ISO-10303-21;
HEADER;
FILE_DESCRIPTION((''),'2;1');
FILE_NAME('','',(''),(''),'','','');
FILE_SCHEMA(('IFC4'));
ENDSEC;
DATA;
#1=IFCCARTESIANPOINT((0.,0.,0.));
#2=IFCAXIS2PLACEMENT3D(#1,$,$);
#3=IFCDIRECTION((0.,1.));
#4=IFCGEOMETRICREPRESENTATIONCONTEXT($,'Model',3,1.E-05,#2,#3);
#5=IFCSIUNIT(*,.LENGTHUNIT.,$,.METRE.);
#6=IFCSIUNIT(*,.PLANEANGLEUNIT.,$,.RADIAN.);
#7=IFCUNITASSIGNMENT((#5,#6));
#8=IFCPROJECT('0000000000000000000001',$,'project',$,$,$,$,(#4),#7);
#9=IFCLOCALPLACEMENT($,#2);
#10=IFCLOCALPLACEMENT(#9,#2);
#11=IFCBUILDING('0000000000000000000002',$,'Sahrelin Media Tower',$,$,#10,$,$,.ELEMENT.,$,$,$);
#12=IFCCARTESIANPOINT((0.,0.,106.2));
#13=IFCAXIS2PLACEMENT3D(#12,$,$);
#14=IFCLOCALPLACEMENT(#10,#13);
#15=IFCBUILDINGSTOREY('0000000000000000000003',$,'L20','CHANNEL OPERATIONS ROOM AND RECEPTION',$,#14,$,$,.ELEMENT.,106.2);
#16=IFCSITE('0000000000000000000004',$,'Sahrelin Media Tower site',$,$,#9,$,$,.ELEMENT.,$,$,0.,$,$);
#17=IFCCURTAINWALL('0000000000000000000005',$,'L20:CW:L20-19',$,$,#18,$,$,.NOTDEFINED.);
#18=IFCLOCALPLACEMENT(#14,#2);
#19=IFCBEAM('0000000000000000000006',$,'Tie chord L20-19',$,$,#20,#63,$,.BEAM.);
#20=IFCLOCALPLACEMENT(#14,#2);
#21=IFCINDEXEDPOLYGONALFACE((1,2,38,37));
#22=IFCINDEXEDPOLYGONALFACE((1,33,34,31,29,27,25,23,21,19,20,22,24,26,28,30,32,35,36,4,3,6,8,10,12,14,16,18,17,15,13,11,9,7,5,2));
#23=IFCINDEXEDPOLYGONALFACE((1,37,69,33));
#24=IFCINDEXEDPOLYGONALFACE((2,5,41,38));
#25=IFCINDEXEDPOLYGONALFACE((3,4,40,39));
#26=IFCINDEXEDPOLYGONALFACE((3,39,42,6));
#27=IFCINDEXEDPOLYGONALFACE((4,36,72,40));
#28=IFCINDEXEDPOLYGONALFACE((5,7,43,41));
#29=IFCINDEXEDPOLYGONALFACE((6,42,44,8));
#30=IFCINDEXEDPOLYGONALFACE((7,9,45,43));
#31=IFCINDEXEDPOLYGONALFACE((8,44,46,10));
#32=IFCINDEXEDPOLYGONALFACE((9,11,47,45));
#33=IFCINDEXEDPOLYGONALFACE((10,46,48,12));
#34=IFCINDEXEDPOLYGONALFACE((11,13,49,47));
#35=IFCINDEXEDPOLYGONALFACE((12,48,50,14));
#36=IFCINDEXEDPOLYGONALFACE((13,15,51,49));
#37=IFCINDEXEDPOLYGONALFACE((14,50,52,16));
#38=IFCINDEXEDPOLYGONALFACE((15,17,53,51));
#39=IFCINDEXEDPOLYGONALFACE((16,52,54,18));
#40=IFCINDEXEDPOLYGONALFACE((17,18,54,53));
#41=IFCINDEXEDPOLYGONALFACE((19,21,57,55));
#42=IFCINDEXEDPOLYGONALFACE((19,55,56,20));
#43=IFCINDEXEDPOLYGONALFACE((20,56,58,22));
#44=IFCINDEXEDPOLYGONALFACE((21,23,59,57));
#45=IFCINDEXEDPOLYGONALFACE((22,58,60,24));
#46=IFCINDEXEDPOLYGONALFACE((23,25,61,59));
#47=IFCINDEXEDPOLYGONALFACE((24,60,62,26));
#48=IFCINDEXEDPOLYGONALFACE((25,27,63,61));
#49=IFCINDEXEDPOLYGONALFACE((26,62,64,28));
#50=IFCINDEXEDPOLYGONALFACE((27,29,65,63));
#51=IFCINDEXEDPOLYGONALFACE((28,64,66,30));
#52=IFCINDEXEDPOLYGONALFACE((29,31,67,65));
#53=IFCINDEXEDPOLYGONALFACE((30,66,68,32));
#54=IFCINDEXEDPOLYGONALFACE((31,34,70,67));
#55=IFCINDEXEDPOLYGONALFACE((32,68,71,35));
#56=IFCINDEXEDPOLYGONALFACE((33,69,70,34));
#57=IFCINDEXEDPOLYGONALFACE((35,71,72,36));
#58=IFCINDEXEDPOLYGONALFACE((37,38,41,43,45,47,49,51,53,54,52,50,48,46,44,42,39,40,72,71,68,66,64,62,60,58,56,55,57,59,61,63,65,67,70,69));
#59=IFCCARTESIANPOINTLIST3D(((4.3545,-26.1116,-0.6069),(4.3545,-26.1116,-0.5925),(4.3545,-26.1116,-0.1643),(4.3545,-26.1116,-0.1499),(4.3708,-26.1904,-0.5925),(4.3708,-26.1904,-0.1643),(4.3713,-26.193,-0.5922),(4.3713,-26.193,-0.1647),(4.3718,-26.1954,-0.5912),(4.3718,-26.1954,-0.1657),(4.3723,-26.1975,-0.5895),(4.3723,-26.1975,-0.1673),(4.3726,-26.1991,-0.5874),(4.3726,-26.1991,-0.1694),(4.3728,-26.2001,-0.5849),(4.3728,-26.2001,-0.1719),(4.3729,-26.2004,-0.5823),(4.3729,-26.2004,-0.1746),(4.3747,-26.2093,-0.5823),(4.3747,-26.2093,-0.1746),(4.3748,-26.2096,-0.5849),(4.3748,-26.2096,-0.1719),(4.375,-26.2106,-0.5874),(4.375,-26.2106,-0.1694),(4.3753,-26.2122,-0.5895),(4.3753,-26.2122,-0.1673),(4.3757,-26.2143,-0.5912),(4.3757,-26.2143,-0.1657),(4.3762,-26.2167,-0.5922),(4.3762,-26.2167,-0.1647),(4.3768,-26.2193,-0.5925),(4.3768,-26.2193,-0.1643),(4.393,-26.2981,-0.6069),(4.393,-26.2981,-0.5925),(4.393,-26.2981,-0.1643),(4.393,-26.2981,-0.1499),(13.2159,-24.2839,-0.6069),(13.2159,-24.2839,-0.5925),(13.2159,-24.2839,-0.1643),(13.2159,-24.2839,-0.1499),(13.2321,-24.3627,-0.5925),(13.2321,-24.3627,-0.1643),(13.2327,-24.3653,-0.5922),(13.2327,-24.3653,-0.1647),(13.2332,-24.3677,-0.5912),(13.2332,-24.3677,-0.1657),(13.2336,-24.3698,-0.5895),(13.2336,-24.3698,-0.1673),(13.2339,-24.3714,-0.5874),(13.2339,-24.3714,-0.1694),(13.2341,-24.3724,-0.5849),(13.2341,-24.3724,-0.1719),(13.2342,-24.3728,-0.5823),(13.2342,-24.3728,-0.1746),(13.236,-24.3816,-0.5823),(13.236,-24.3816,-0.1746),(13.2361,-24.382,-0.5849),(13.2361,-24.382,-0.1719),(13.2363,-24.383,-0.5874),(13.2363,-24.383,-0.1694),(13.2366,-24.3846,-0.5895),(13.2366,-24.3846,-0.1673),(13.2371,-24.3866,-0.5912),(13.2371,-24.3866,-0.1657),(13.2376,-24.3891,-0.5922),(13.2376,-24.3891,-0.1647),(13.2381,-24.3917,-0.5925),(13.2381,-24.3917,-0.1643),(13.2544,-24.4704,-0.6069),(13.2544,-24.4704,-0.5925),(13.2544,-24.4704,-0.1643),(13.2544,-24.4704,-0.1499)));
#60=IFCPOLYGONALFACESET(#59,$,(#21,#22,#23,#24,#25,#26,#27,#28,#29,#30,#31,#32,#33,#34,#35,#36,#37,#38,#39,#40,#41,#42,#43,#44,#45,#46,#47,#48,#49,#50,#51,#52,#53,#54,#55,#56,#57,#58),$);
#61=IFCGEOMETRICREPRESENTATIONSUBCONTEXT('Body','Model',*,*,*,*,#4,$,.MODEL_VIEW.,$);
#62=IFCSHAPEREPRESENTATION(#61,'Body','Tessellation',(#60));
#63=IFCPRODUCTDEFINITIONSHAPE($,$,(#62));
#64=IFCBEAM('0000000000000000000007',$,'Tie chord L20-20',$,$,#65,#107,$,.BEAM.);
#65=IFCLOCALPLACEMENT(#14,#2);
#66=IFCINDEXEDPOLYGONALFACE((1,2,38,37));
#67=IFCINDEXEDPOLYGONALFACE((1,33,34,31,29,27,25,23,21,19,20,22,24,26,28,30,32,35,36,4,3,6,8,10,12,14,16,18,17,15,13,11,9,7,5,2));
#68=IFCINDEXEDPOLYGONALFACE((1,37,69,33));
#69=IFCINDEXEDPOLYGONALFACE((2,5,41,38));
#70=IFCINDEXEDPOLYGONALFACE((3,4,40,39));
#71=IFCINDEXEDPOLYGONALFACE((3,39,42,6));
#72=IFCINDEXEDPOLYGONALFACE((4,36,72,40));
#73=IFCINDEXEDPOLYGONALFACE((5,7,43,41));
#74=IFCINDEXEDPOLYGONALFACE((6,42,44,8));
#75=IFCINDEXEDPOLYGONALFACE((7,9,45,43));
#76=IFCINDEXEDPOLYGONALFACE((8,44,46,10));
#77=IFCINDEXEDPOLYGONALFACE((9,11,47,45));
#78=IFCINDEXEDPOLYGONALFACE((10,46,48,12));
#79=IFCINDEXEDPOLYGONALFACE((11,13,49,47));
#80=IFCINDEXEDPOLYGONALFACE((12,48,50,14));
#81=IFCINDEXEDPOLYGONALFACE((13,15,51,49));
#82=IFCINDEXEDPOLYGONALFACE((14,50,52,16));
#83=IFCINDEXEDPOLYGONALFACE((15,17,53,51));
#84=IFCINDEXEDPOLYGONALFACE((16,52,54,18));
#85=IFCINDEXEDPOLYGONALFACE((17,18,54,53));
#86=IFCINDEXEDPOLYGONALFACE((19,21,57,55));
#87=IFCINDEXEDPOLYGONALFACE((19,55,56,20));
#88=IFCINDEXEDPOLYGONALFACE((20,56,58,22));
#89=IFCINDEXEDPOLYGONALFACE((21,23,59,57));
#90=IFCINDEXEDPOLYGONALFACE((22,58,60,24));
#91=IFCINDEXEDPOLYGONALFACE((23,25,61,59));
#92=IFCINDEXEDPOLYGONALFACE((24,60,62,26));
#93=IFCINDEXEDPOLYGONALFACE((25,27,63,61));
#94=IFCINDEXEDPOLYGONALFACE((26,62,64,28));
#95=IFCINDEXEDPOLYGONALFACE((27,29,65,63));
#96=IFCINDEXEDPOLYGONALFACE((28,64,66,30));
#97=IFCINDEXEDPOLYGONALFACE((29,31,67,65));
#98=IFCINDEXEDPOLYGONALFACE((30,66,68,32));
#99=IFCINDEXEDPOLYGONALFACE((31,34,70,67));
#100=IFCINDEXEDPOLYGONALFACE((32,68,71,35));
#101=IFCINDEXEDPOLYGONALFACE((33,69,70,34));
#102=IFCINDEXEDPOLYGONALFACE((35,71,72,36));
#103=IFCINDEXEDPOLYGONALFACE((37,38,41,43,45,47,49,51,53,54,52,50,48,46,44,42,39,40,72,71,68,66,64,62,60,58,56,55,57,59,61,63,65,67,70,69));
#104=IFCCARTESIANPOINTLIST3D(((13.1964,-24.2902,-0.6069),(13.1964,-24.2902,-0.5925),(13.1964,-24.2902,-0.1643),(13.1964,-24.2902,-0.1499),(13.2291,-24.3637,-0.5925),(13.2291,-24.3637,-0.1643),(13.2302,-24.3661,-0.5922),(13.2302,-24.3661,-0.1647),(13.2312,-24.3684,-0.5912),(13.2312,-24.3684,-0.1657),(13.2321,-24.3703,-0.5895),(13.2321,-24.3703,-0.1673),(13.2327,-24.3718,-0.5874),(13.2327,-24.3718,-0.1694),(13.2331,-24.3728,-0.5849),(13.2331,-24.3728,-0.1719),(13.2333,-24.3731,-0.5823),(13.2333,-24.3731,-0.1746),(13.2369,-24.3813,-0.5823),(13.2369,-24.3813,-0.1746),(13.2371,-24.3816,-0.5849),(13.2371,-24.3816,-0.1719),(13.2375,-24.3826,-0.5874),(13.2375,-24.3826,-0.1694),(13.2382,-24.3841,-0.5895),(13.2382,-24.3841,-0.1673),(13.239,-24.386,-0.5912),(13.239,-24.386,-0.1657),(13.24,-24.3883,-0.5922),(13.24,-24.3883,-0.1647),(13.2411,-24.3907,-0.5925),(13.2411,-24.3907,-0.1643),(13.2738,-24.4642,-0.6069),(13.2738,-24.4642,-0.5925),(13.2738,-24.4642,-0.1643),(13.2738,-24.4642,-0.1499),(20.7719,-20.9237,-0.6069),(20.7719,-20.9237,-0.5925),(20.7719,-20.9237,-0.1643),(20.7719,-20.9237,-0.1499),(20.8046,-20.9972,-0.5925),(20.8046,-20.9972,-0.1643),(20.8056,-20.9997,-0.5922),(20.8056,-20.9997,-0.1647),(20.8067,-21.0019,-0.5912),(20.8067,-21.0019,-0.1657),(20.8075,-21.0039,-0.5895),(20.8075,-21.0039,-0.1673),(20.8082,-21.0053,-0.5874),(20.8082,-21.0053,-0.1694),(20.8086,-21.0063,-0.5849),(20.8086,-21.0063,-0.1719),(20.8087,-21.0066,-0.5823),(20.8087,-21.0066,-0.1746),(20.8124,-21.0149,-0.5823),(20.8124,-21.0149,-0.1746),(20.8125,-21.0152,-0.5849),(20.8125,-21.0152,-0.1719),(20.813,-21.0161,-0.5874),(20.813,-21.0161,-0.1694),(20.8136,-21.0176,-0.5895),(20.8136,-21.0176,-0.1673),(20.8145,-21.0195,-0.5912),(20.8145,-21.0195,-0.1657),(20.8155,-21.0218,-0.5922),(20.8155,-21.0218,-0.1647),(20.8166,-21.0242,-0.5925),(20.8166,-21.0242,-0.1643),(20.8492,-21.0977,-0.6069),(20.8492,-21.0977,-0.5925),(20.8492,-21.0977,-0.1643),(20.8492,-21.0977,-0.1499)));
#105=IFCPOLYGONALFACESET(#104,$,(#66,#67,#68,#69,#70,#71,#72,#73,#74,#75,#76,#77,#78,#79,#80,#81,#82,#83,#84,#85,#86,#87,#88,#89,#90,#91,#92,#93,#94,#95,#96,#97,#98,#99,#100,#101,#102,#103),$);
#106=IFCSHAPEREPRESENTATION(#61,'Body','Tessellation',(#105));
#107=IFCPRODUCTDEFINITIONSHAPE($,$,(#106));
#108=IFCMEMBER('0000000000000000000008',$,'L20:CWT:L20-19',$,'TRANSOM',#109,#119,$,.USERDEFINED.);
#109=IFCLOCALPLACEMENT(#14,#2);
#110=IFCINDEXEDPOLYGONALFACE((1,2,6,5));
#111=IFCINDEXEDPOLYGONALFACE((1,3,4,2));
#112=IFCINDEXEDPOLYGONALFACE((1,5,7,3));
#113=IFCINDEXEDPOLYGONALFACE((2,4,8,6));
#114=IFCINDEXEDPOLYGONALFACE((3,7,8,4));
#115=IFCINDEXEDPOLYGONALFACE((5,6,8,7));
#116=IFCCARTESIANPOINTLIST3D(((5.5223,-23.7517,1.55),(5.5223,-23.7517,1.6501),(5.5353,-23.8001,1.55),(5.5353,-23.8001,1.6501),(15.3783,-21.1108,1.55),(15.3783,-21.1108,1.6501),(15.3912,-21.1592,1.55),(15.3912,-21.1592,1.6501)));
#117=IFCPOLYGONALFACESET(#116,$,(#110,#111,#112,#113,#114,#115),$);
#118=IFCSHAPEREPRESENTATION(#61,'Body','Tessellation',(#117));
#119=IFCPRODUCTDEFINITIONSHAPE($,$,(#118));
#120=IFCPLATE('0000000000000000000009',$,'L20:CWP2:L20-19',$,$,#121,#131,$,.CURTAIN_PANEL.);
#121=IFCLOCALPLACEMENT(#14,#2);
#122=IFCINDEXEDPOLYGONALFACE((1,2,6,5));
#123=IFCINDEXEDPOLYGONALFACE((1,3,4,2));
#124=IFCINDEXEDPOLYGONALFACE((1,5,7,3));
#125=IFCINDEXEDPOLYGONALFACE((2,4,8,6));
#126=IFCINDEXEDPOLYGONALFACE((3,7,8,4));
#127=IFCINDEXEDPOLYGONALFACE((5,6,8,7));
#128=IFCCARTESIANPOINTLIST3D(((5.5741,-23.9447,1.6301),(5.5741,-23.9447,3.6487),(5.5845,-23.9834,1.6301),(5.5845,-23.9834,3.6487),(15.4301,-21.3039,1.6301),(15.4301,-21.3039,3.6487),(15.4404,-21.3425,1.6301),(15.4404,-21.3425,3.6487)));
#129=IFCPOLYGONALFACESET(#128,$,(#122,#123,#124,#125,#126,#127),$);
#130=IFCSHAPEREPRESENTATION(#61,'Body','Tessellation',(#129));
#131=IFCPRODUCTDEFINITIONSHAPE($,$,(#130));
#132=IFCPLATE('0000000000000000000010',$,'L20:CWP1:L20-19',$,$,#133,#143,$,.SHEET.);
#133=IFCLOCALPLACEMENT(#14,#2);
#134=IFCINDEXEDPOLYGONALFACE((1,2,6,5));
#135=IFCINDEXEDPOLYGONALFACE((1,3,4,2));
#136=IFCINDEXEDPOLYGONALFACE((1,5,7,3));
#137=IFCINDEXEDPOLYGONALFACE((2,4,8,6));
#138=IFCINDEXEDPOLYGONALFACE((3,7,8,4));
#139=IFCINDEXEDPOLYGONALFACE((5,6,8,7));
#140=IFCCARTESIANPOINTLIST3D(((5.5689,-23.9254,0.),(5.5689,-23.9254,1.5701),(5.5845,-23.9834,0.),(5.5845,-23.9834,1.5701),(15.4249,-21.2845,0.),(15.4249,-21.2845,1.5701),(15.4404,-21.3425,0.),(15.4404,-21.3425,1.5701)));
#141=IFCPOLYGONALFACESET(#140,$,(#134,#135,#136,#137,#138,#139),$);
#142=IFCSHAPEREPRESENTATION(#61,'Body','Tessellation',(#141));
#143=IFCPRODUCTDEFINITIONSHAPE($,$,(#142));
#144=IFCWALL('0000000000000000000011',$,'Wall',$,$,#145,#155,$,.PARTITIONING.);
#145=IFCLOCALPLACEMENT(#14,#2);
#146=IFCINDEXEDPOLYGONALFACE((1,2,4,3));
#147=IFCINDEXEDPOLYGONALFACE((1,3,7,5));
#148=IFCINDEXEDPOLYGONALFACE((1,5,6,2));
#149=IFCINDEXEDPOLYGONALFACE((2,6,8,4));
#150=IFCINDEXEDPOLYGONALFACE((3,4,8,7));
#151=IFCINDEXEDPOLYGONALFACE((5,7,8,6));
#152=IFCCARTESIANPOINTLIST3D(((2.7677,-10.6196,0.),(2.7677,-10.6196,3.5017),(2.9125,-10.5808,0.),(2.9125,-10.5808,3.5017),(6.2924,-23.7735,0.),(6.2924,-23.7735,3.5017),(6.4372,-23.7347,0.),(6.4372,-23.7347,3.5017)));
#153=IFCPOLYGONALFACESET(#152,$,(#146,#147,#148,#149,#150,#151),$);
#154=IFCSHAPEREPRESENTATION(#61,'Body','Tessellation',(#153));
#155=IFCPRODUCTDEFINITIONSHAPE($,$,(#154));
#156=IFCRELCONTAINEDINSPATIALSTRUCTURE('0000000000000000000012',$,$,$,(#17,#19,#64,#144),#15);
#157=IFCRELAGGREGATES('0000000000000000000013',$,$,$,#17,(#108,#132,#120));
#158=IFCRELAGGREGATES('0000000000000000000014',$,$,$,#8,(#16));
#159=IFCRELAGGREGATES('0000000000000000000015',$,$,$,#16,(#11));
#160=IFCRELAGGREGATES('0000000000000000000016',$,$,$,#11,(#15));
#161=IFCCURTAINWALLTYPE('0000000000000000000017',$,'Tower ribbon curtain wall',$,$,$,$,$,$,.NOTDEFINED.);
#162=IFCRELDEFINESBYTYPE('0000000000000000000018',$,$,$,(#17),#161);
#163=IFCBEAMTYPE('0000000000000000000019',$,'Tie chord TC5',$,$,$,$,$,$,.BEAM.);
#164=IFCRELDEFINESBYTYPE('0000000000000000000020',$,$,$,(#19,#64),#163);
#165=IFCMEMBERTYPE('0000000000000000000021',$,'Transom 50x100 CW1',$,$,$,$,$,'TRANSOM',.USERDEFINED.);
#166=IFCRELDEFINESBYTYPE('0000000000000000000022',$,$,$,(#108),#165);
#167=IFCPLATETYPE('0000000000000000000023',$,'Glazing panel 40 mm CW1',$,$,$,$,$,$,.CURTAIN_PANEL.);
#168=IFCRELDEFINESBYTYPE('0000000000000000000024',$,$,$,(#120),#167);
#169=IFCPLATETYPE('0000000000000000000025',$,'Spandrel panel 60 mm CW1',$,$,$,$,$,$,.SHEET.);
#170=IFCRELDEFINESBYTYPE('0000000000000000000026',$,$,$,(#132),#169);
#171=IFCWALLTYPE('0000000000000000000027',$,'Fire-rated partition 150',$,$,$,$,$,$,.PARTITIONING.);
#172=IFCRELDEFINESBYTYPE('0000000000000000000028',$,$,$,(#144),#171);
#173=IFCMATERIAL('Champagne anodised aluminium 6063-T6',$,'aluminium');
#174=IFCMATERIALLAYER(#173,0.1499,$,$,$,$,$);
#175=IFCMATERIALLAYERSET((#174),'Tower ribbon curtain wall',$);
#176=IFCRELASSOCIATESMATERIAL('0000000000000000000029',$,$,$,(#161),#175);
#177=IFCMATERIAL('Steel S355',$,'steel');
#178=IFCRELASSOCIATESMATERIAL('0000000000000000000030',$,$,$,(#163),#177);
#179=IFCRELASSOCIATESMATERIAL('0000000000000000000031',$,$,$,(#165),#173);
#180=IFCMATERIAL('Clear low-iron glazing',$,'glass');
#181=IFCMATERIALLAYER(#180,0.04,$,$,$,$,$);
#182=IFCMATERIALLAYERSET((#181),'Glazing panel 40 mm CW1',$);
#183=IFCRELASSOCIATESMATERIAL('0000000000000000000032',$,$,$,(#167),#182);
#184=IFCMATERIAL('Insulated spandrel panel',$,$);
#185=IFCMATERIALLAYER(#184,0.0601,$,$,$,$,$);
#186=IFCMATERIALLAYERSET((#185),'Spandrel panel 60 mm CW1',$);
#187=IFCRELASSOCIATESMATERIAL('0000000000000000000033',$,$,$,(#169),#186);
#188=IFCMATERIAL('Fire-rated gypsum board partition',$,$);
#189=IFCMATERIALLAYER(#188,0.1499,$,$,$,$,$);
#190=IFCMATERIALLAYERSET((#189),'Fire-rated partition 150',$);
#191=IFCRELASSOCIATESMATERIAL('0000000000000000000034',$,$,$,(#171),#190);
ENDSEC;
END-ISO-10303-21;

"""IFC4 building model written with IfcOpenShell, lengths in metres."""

from ifc_helpers import new_model, si_unit, direction, frame, frame_2d, origin, origin_2d, place, context, subcontext, project, spatial, polyline, rectangle, i_section, outline, extrude, material, layer, layer_set, material_profile, profile_set, type_object, element, aggregate, save


model = new_model("IFC4")

# Units and contexts
model_context = context("Model", 3, precision=1e-05, world=origin(), true_north=direction((0.0, 1.0)))
body_context = subcontext(model_context, "Body", "Model", "MODEL_VIEW")
ifc_project = project(units=[si_unit("LENGTHUNIT", "METRE"), si_unit("PLANEANGLEUNIT", "RADIAN")], contexts=[model_context])

# Site, building, storey
site_placement = place(None, origin())
site = spatial("IfcSite", under=ifc_project, at=site_placement, Name="Sahrelin Media Tower site", CompositionType="ELEMENT", RefElevation=0.0)
building_placement = place(site_placement, origin())
building = spatial("IfcBuilding", under=site, at=building_placement, Name="Sahrelin Media Tower", CompositionType="ELEMENT")
storey_placement = place(building_placement, frame((0.0, 0.0, 106.2)))
storey = spatial("IfcBuildingStorey", under=building, at=storey_placement, Name="L20", Description="CHANNEL OPERATIONS ROOM AND RECEPTION", CompositionType="ELEMENT", Elevation=106.2)

# Shared definitions
ifc_material_1 = material(Name="Steel S355", Category="steel")

# Curtain wall
ifc_material_2 = material(Name="Champagne anodised aluminium 6063-T6", Category="aluminium")
ifc_layer_1 = layer(ifc_material_2, 0.1499)
ifc_layer_set_1 = layer_set([ifc_layer_1], Name="Tower ribbon curtain wall")
curtain_wall_type = type_object("IfcCurtainWallType", Name="Tower ribbon curtain wall", PredefinedType="NOTDEFINED", material=ifc_layer_set_1)
curtain_wall_placement = place(storey_placement, frame((10.5071, -22.6438, 0.0), z_axis=(0.0, 0.0, 1.0), x_axis=(1.0, 0.0, 0.0)))
curtain_wall = element("IfcCurtainWall", 1, at=curtain_wall_placement, inside=storey, type_object=curtain_wall_type, Name="L20:CW:L20-19", PredefinedType="NOTDEFINED")

# Beams
ifc_material_profile_1 = material_profile(ifc_material_1, i_section(OverallWidth=0.1904, OverallDepth=0.457, WebThickness=0.009, FlangeThickness=0.0144, FilletRadius=0.0103, at=origin_2d()), Name="UB 457x191x74")
ifc_profile_set_1 = profile_set([ifc_material_profile_1], Name="Steel S355")
beam_type_1 = type_object("IfcBeamType", Name="Tie chord TC5", PredefinedType="BEAM", material=ifc_profile_set_1)
beam_1_placement = place(storey_placement, frame((4.3738, -26.2048, -0.3784), z_axis=(0.979386, 0.201997, 0.0), x_axis=(-0.201997, 0.979386, 0.0)))
element("IfcBeam", 2, at=beam_1_placement, inside=storey, type_object=beam_type_1, Name="Tie chord L20-19", PredefinedType="BEAM", context=body_context, shape_type="SweptSolid", body=[
    extrude(i_section(OverallWidth=0.1904, OverallDepth=0.457, WebThickness=0.009, FlangeThickness=0.0144, FilletRadius=0.0103, at=origin_2d()), origin(), (0.0, 0.0, 1.0), 9.0479),
])
beam_2_placement = place(storey_placement, frame((13.2351, -24.3772, -0.3784), z_axis=(0.91383, 0.406097, 0.0), x_axis=(-0.406097, 0.91383, 0.0)))
element("IfcBeam", 3, at=beam_2_placement, inside=storey, type_object=beam_type_1, Name="Tie chord L20-20", PredefinedType="BEAM", context=body_context, shape_type="SweptSolid", body=[
    extrude(i_section(OverallWidth=0.1904, OverallDepth=0.457, WebThickness=0.009, FlangeThickness=0.0144, FilletRadius=0.0103, at=origin_2d()), origin(), (0.0, 0.0, 1.0), 8.2898),
])

# Member
ifc_material_profile_2 = material_profile(ifc_material_2, rectangle(XDim=0.05, YDim=0.1001, at=origin_2d()), Name="Transom 50x100")
ifc_profile_set_2 = profile_set([ifc_material_profile_2], Name="Champagne anodised aluminium 6063-T6")
member_type_1 = type_object("IfcMemberType", Name="Transom 50x100 CW1", ElementType="TRANSOM", PredefinedType="USERDEFINED", material=ifc_profile_set_2)
member_1_placement = place(storey_placement, frame((5.5288, -23.7759, 1.6001), z_axis=(0.965926, 0.258817, 0.0), x_axis=(-0.258817, 0.965926, 0.0)))
member_1 = element("IfcMember", 4, at=member_1_placement, type_object=member_type_1, Name="L20:CWT:L20-19", ObjectType="TRANSOM", PredefinedType="USERDEFINED", context=body_context, shape_type="SweptSolid", body=[
    extrude(rectangle(XDim=0.05, YDim=0.1001, at=origin_2d()), origin(), (0.0, 0.0, 1.0), 10.2036),
])

# Plates
ifc_material_3 = material(Name="Clear low-iron glazing", Category="glass")
ifc_layer_2 = layer(ifc_material_3, 0.04)
ifc_layer_set_2 = layer_set([ifc_layer_2], Name="Glazing panel 40 mm CW1")
plate_type_1 = type_object("IfcPlateType", Name="Glazing panel 40 mm CW1", PredefinedType="CURTAIN_PANEL", material=ifc_layer_set_2)
plate_1_placement = place(storey_placement, frame((5.5845, -23.9834, 1.6301), z_axis=(0.258817, -0.965926, 0.0), x_axis=(0.965926, 0.258817, 0.0)))
plate_1 = element("IfcPlate", 5, at=plate_1_placement, type_object=plate_type_1, Name="L20:CWP2:L20-19", PredefinedType="CURTAIN_PANEL", context=body_context, shape_type="SweptSolid", body=[
    extrude(outline(polyline([(0.0, 0.0), (10.2036, 0.0), (10.2036, 2.0186), (0.0, 2.0186), (0.0, 0.0)])), origin(), (0.0, 0.0, -1.0), 0.04),
])
ifc_material_4 = material(Name="Insulated spandrel panel")
ifc_layer_3 = layer(ifc_material_4, 0.0601)
ifc_layer_set_3 = layer_set([ifc_layer_3], Name="Spandrel panel 60 mm CW1")
plate_type_2 = type_object("IfcPlateType", Name="Spandrel panel 60 mm CW1", PredefinedType="SHEET", material=ifc_layer_set_3)
plate_2_placement = place(storey_placement, frame((5.5845, -23.9834, 0.0), z_axis=(0.258817, -0.965926, 0.0), x_axis=(0.965926, 0.258817, 0.0)))
plate_2 = element("IfcPlate", 6, at=plate_2_placement, type_object=plate_type_2, Name="L20:CWP1:L20-19", PredefinedType="SHEET", context=body_context, shape_type="SweptSolid", body=[
    extrude(outline(polyline([(0.0, 0.0), (10.2036, 0.0), (10.2036, 1.5701), (0.0, 1.5701), (0.0, 0.0)])), origin(), (0.0, 0.0, -1.0), 0.0601),
])
aggregate(curtain_wall, [member_1, plate_2, plate_1])

# Wall
ifc_material_5 = material(Name="Fire-rated gypsum board partition")
ifc_layer_4 = layer(ifc_material_5, 0.1499)
ifc_layer_set_4 = layer_set([ifc_layer_4], Name="Fire-rated partition 150")
wall_type_1 = type_object("IfcWallType", Name="Fire-rated partition 150", PredefinedType="PARTITIONING", material=ifc_layer_set_4)
wall_1_placement = place(storey_placement, frame((2.8401, -10.6001, 0.0), z_axis=(0.0, 0.0, 1.0), x_axis=(0.258826, -0.965924, 0.0)))
element("IfcWall", 7, at=wall_1_placement, inside=storey, type_object=wall_type_1, Name="Wall", PredefinedType="PARTITIONING", context=body_context, shape_type="SweptSolid", body=[
    extrude(rectangle(XDim=13.6179, YDim=0.1499, at=frame_2d((6.8091, 0.0))), origin(), (0.0, 0.0, 1.0), 3.5017),
])

save(model, "model.ifc")
